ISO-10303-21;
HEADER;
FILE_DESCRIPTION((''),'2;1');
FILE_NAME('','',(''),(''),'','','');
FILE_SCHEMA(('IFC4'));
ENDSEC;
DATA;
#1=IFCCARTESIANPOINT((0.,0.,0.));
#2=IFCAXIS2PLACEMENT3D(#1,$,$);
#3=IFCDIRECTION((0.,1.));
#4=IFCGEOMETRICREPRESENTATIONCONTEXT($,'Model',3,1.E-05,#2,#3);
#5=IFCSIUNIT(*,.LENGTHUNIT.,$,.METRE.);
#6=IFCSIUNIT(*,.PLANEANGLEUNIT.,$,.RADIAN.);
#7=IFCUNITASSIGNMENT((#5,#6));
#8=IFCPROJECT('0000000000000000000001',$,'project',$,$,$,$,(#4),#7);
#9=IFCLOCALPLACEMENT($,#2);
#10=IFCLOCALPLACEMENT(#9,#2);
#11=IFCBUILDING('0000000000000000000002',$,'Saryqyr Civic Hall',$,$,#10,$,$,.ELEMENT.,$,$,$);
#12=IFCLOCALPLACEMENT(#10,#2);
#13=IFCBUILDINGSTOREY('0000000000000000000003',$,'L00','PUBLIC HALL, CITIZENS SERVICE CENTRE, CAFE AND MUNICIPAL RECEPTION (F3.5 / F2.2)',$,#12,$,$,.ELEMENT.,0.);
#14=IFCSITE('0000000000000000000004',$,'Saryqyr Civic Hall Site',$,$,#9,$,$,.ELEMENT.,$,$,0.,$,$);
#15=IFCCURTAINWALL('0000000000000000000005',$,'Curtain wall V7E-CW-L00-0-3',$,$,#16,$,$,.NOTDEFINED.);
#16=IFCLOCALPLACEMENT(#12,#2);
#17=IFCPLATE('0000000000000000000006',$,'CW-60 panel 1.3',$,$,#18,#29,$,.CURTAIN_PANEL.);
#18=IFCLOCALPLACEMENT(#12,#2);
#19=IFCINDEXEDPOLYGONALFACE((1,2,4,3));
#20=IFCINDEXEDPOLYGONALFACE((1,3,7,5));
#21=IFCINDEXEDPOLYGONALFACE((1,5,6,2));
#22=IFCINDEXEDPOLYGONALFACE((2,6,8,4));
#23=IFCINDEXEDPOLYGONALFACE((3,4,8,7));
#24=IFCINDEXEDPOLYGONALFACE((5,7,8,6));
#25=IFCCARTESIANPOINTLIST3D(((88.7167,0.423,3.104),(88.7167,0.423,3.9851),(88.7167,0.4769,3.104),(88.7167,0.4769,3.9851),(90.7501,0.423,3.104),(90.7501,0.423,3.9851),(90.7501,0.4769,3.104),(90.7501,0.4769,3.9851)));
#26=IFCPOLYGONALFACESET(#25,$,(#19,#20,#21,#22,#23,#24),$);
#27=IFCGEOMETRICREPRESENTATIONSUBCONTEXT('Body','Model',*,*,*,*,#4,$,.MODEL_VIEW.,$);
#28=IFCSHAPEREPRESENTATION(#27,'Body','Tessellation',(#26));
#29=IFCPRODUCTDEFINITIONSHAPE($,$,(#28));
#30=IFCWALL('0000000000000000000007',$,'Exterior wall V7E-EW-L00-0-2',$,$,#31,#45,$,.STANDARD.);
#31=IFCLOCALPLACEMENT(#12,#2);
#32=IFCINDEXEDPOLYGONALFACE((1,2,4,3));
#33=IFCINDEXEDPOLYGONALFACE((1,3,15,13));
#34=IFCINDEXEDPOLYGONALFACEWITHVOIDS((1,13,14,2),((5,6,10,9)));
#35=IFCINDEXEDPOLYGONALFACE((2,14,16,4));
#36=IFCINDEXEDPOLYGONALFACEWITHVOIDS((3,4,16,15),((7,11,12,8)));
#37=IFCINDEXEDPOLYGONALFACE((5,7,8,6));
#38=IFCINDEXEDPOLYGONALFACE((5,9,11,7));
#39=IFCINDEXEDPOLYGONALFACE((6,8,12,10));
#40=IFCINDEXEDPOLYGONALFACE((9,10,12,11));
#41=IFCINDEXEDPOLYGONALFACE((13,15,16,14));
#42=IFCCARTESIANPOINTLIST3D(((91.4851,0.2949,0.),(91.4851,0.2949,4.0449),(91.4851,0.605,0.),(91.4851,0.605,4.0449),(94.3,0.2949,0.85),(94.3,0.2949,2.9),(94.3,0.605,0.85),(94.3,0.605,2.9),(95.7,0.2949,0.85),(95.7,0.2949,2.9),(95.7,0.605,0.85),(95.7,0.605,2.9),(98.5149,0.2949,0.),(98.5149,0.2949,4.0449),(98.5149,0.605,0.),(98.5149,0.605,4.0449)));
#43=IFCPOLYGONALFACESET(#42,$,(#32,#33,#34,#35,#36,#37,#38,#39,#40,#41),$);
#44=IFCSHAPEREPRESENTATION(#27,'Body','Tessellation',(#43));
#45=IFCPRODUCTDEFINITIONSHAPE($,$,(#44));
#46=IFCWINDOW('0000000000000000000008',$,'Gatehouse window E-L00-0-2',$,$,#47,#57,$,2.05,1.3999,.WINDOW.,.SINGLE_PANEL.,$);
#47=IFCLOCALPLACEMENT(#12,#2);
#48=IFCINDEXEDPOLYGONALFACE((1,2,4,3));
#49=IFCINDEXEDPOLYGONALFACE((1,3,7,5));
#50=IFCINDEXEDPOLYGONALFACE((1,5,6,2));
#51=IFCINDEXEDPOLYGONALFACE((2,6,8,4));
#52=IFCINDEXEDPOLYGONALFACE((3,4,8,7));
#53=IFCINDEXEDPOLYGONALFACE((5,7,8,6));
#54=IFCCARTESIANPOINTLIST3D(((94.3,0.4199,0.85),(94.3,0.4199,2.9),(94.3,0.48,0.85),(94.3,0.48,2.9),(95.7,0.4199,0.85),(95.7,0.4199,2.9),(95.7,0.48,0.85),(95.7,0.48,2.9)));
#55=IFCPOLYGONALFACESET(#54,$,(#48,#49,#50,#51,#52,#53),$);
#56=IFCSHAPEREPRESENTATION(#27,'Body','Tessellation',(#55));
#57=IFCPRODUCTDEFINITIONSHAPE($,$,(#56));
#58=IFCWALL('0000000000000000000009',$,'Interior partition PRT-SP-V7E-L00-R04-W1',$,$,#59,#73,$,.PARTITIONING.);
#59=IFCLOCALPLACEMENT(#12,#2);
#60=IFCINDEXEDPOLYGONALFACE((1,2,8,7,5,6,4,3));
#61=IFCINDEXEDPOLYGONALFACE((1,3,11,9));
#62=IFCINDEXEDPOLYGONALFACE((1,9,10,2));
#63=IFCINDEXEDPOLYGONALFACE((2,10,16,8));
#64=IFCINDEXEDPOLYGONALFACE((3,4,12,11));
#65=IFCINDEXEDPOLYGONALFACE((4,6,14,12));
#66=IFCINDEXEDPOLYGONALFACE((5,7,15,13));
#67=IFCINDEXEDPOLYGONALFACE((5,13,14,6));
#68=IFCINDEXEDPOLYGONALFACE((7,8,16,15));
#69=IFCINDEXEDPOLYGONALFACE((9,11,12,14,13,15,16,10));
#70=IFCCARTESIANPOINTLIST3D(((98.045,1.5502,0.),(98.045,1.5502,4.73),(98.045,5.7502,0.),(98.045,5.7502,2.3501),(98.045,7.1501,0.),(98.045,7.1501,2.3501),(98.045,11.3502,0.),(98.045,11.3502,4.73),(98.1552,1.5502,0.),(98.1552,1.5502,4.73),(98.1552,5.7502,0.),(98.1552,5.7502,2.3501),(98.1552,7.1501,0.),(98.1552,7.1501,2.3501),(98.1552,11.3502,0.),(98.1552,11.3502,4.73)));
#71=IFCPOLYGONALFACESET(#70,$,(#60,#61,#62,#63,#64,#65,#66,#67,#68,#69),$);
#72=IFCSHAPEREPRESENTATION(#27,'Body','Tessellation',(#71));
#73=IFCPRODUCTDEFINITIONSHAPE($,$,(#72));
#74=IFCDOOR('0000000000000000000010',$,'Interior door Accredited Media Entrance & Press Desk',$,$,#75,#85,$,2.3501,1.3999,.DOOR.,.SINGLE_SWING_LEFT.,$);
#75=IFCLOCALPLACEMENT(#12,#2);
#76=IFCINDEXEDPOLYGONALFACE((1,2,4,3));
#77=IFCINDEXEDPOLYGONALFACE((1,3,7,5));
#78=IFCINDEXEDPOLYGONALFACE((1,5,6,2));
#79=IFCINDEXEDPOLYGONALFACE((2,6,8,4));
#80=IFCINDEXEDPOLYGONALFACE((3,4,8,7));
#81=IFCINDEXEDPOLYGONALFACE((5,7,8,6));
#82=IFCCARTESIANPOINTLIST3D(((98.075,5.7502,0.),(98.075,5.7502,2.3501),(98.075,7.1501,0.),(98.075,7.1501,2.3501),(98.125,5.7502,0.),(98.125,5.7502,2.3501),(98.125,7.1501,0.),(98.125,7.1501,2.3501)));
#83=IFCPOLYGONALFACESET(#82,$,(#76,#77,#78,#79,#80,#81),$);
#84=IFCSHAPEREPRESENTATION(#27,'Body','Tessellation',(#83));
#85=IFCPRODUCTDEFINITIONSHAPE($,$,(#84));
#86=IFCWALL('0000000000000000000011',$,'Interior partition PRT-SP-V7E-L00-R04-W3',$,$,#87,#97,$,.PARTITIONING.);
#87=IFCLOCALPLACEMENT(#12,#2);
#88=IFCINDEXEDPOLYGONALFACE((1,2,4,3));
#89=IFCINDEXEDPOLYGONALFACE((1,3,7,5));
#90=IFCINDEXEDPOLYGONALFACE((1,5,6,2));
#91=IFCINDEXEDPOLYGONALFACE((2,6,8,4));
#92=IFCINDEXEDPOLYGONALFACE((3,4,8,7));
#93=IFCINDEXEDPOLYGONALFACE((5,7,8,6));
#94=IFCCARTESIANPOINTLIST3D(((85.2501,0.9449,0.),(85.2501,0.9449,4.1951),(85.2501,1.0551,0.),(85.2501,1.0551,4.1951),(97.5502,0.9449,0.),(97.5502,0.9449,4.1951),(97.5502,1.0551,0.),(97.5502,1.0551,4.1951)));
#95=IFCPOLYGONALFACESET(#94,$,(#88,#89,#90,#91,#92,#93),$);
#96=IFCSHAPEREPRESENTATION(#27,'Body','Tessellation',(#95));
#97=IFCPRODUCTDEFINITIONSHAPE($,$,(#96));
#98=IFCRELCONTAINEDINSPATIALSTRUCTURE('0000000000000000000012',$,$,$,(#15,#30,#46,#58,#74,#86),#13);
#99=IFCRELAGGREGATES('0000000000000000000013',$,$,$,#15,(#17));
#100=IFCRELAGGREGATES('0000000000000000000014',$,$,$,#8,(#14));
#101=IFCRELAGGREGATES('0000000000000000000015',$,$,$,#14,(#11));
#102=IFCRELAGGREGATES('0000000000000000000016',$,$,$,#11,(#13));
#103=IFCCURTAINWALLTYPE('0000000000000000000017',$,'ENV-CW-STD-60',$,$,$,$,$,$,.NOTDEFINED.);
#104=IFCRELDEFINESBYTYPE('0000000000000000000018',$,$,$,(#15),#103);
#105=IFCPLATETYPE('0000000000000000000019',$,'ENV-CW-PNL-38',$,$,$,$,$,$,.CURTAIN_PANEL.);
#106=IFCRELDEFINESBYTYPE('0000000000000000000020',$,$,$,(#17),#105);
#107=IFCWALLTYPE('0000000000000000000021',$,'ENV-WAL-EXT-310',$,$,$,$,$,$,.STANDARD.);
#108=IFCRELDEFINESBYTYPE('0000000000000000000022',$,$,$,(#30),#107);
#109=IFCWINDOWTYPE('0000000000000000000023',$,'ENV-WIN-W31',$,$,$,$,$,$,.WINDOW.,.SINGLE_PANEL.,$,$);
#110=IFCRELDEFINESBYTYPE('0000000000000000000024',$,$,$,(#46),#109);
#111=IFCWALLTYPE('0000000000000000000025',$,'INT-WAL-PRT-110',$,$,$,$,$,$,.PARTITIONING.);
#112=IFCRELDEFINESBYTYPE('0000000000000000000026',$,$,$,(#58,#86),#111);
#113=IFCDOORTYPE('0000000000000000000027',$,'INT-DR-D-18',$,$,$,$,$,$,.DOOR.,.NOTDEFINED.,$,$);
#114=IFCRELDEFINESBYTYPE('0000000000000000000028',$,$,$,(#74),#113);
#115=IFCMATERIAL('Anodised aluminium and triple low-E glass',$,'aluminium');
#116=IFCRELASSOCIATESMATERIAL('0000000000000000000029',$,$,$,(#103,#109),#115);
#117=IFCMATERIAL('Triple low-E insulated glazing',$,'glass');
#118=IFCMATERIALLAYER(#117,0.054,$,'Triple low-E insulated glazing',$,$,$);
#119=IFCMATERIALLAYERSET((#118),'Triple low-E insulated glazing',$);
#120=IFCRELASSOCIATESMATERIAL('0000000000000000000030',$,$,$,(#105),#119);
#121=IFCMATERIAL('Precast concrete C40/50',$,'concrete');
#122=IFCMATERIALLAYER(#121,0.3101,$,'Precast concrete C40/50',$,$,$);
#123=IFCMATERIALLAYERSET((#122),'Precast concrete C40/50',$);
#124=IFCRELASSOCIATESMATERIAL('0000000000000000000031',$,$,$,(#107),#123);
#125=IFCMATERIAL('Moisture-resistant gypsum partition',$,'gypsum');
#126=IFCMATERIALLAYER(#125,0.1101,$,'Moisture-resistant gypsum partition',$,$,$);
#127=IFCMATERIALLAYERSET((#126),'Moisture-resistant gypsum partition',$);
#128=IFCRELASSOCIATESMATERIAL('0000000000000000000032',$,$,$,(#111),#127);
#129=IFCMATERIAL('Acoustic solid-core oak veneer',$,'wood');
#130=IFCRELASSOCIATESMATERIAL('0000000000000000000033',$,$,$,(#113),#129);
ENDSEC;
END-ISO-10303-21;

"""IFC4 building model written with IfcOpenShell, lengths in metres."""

from ifc_helpers import new_model, si_unit, direction, frame, frame_2d, origin, origin_2d, place, context, subcontext, project, spatial, rectangle, extrude, material, layer, layer_set, type_object, element, fill, aggregate, save


model = new_model("IFC4")

# Units and contexts
model_context = context("Model", 3, precision=1e-05, world=origin(), true_north=direction((0.0, 1.0)))
body_context = subcontext(model_context, "Body", "Model", "MODEL_VIEW")
ifc_project = project(units=[si_unit("LENGTHUNIT", "METRE"), si_unit("PLANEANGLEUNIT", "RADIAN")], contexts=[model_context])

# Site, building, storey
site_placement = place(None, origin())
site = spatial("IfcSite", under=ifc_project, at=site_placement, Name="Saryqyr Civic Hall Site", CompositionType="ELEMENT", RefElevation=0.0)
building_placement = place(site_placement, origin())
building = spatial("IfcBuilding", under=site, at=building_placement, Name="Saryqyr Civic Hall", CompositionType="ELEMENT")
storey_placement = place(building_placement, origin())
storey = spatial("IfcBuildingStorey", under=building, at=storey_placement, Name="L00", Description="PUBLIC HALL, CITIZENS SERVICE CENTRE, CAFE AND MUNICIPAL RECEPTION (F3.5 / F2.2)", CompositionType="ELEMENT", Elevation=0.0)

# Curtain wall
ifc_material_1 = material(Name="Anodised aluminium and triple low-E glass", Category="aluminium")
curtain_wall_type = type_object("IfcCurtainWallType", Name="ENV-CW-STD-60", PredefinedType="NOTDEFINED", material=ifc_material_1)
curtain_wall_placement = place(storey_placement, origin())
curtain_wall = element("IfcCurtainWall", 1, at=curtain_wall_placement, inside=storey, type_object=curtain_wall_type, Name="Curtain wall V7E-CW-L00-0-3", PredefinedType="NOTDEFINED")

# Plate
ifc_material_2 = material(Name="Triple low-E insulated glazing", Category="glass")
ifc_layer_1 = layer(ifc_material_2, 0.054, Name="Triple low-E insulated glazing")
ifc_layer_set_1 = layer_set([ifc_layer_1], Name="Triple low-E insulated glazing")
plate_type = type_object("IfcPlateType", Name="ENV-CW-PNL-38", PredefinedType="CURTAIN_PANEL", material=ifc_layer_set_1)
plate_1_placement = place(storey_placement, frame((89.7334, 0.45, 3.104), z_axis=(0.0, 0.0, 1.0), x_axis=(-1.0, 0.0, 0.0)))
plate_1 = element("IfcPlate", 2, at=plate_1_placement, type_object=plate_type, Name="CW-60 panel 1.3", PredefinedType="CURTAIN_PANEL", context=body_context, shape_type="SweptSolid", body=[
    extrude(rectangle(XDim=2.0334, YDim=0.054, at=origin_2d()), origin(), (0.0, 0.0, 1.0), 0.8811),
])
aggregate(curtain_wall, [plate_1])

# Wall, opening, window
ifc_material_3 = material(Name="Precast concrete C40/50", Category="concrete")
ifc_layer_2 = layer(ifc_material_3, 0.3101, Name="Precast concrete C40/50")
ifc_layer_set_2 = layer_set([ifc_layer_2], Name="Precast concrete C40/50")
wall_type_1 = type_object("IfcWallType", Name="ENV-WAL-EXT-310", PredefinedType="STANDARD", material=ifc_layer_set_2)
wall_1_placement = place(storey_placement, frame((98.5149, 0.45, 0.0), z_axis=(0.0, 0.0, 1.0), x_axis=(-1.0, 0.0, 0.0)))
wall_1 = element("IfcWall", 3, at=wall_1_placement, inside=storey, type_object=wall_type_1, Name="Exterior wall V7E-EW-L00-0-2", PredefinedType="STANDARD", context=body_context, shape_type="SweptSolid", body=[
    extrude(rectangle(XDim=7.0298, YDim=0.3101, at=frame_2d((3.5149, 0.0))), origin(), (0.0, 0.0, 1.0), 4.0449),
])
opening_1_placement = place(wall_1_placement, frame((2.8149, 0.0, 0.8501)))
opening_1 = element("IfcOpeningElement", 4, at=opening_1_placement, cuts=wall_1, PredefinedType="OPENING", context=body_context, shape_type="SweptSolid", body=[
    extrude(rectangle(XDim=1.3999, YDim=2.05, at=frame_2d((0.7, 1.0249))), frame((0.0, 0.165, 0.0), z_axis=(0.0, -1.0, 0.0), x_axis=(1.0, 0.0, 0.0)), (0.0, 0.0, 1.0), 0.3301),
])
window_type = type_object("IfcWindowType", Name="ENV-WIN-W31", PartitioningType="SINGLE_PANEL", PredefinedType="WINDOW", material=ifc_material_1)
window_placement = place(opening_1_placement, origin())
window = element("IfcWindow", 5, at=window_placement, inside=storey, type_object=window_type, Name="Gatehouse window E-L00-0-2", OverallHeight=2.05, OverallWidth=1.3999, PartitioningType="SINGLE_PANEL", PredefinedType="WINDOW", context=body_context, shape_type="SweptSolid", body=[
    extrude(rectangle(XDim=1.3999, YDim=2.05, at=frame_2d((0.7, 1.0249))), frame((0.0, 0.03, 0.0), z_axis=(0.0, -1.0, 0.0), x_axis=(1.0, 0.0, 0.0)), (0.0, 0.0, 1.0), 0.0601),
])
fill(opening_1, window)

# Wall, opening, door
ifc_material_4 = material(Name="Moisture-resistant gypsum partition", Category="gypsum")
ifc_layer_3 = layer(ifc_material_4, 0.1101, Name="Moisture-resistant gypsum partition")
ifc_layer_set_3 = layer_set([ifc_layer_3], Name="Moisture-resistant gypsum partition")
wall_type_2 = type_object("IfcWallType", Name="INT-WAL-PRT-110", PredefinedType="PARTITIONING", material=ifc_layer_set_3)
wall_2_placement = place(storey_placement, frame((98.1001, 11.3501, 0.0), z_axis=(0.0, 0.0, 1.0), x_axis=(0.0, -1.0, 0.0)))
wall_2 = element("IfcWall", 6, at=wall_2_placement, inside=storey, type_object=wall_type_2, Name="Interior partition PRT-SP-V7E-L00-R04-W1", PredefinedType="PARTITIONING", context=body_context, shape_type="SweptSolid", body=[
    extrude(rectangle(XDim=9.8, YDim=0.1101, at=frame_2d((4.8999, 0.0))), origin(), (0.0, 0.0, 1.0), 4.73),
])
opening_2_placement = place(wall_2_placement, frame((4.2, 0.0, 0.0)))
opening_2 = element("IfcOpeningElement", 7, at=opening_2_placement, cuts=wall_2, PredefinedType="OPENING", context=body_context, shape_type="SweptSolid", body=[
    extrude(rectangle(XDim=1.3999, YDim=2.3501, at=frame_2d((0.7, 1.175))), frame((0.0, 0.0649, 0.0), z_axis=(0.0, -1.0, 0.0), x_axis=(1.0, 0.0, 0.0)), (0.0, 0.0, 1.0), 0.1301),
])
ifc_material_5 = material(Name="Acoustic solid-core oak veneer", Category="wood")
door_type = type_object("IfcDoorType", Name="INT-DR-D-18", OperationType="NOTDEFINED", PredefinedType="DOOR", material=ifc_material_5)
door_placement = place(opening_2_placement, origin())
door = element("IfcDoor", 8, at=door_placement, inside=storey, type_object=door_type, Name="Interior door Accredited Media Entrance & Press Desk", OperationType="SINGLE_SWING_LEFT", OverallHeight=2.3501, OverallWidth=1.3999, PredefinedType="DOOR", context=body_context, shape_type="SweptSolid", body=[
    extrude(rectangle(XDim=1.3999, YDim=2.3501, at=frame_2d((0.7, 1.175))), frame((0.0, 0.0249, 0.0), z_axis=(0.0, -1.0, 0.0), x_axis=(1.0, 0.0, 0.0)), (0.0, 0.0, 1.0), 0.05),
])
fill(opening_2, door)

# Wall
wall_3_placement = place(storey_placement, frame((97.55, 1.0, 0.0), z_axis=(0.0, 0.0, 1.0), x_axis=(-1.0, 0.0, 0.0)))
element("IfcWall", 9, at=wall_3_placement, inside=storey, type_object=wall_type_2, Name="Interior partition PRT-SP-V7E-L00-R04-W3", PredefinedType="PARTITIONING", context=body_context, shape_type="SweptSolid", body=[
    extrude(rectangle(XDim=12.3, YDim=0.1101, at=frame_2d((6.1499, 0.0))), origin(), (0.0, 0.0, 1.0), 4.1951),
])

save(model, "model.ifc")
